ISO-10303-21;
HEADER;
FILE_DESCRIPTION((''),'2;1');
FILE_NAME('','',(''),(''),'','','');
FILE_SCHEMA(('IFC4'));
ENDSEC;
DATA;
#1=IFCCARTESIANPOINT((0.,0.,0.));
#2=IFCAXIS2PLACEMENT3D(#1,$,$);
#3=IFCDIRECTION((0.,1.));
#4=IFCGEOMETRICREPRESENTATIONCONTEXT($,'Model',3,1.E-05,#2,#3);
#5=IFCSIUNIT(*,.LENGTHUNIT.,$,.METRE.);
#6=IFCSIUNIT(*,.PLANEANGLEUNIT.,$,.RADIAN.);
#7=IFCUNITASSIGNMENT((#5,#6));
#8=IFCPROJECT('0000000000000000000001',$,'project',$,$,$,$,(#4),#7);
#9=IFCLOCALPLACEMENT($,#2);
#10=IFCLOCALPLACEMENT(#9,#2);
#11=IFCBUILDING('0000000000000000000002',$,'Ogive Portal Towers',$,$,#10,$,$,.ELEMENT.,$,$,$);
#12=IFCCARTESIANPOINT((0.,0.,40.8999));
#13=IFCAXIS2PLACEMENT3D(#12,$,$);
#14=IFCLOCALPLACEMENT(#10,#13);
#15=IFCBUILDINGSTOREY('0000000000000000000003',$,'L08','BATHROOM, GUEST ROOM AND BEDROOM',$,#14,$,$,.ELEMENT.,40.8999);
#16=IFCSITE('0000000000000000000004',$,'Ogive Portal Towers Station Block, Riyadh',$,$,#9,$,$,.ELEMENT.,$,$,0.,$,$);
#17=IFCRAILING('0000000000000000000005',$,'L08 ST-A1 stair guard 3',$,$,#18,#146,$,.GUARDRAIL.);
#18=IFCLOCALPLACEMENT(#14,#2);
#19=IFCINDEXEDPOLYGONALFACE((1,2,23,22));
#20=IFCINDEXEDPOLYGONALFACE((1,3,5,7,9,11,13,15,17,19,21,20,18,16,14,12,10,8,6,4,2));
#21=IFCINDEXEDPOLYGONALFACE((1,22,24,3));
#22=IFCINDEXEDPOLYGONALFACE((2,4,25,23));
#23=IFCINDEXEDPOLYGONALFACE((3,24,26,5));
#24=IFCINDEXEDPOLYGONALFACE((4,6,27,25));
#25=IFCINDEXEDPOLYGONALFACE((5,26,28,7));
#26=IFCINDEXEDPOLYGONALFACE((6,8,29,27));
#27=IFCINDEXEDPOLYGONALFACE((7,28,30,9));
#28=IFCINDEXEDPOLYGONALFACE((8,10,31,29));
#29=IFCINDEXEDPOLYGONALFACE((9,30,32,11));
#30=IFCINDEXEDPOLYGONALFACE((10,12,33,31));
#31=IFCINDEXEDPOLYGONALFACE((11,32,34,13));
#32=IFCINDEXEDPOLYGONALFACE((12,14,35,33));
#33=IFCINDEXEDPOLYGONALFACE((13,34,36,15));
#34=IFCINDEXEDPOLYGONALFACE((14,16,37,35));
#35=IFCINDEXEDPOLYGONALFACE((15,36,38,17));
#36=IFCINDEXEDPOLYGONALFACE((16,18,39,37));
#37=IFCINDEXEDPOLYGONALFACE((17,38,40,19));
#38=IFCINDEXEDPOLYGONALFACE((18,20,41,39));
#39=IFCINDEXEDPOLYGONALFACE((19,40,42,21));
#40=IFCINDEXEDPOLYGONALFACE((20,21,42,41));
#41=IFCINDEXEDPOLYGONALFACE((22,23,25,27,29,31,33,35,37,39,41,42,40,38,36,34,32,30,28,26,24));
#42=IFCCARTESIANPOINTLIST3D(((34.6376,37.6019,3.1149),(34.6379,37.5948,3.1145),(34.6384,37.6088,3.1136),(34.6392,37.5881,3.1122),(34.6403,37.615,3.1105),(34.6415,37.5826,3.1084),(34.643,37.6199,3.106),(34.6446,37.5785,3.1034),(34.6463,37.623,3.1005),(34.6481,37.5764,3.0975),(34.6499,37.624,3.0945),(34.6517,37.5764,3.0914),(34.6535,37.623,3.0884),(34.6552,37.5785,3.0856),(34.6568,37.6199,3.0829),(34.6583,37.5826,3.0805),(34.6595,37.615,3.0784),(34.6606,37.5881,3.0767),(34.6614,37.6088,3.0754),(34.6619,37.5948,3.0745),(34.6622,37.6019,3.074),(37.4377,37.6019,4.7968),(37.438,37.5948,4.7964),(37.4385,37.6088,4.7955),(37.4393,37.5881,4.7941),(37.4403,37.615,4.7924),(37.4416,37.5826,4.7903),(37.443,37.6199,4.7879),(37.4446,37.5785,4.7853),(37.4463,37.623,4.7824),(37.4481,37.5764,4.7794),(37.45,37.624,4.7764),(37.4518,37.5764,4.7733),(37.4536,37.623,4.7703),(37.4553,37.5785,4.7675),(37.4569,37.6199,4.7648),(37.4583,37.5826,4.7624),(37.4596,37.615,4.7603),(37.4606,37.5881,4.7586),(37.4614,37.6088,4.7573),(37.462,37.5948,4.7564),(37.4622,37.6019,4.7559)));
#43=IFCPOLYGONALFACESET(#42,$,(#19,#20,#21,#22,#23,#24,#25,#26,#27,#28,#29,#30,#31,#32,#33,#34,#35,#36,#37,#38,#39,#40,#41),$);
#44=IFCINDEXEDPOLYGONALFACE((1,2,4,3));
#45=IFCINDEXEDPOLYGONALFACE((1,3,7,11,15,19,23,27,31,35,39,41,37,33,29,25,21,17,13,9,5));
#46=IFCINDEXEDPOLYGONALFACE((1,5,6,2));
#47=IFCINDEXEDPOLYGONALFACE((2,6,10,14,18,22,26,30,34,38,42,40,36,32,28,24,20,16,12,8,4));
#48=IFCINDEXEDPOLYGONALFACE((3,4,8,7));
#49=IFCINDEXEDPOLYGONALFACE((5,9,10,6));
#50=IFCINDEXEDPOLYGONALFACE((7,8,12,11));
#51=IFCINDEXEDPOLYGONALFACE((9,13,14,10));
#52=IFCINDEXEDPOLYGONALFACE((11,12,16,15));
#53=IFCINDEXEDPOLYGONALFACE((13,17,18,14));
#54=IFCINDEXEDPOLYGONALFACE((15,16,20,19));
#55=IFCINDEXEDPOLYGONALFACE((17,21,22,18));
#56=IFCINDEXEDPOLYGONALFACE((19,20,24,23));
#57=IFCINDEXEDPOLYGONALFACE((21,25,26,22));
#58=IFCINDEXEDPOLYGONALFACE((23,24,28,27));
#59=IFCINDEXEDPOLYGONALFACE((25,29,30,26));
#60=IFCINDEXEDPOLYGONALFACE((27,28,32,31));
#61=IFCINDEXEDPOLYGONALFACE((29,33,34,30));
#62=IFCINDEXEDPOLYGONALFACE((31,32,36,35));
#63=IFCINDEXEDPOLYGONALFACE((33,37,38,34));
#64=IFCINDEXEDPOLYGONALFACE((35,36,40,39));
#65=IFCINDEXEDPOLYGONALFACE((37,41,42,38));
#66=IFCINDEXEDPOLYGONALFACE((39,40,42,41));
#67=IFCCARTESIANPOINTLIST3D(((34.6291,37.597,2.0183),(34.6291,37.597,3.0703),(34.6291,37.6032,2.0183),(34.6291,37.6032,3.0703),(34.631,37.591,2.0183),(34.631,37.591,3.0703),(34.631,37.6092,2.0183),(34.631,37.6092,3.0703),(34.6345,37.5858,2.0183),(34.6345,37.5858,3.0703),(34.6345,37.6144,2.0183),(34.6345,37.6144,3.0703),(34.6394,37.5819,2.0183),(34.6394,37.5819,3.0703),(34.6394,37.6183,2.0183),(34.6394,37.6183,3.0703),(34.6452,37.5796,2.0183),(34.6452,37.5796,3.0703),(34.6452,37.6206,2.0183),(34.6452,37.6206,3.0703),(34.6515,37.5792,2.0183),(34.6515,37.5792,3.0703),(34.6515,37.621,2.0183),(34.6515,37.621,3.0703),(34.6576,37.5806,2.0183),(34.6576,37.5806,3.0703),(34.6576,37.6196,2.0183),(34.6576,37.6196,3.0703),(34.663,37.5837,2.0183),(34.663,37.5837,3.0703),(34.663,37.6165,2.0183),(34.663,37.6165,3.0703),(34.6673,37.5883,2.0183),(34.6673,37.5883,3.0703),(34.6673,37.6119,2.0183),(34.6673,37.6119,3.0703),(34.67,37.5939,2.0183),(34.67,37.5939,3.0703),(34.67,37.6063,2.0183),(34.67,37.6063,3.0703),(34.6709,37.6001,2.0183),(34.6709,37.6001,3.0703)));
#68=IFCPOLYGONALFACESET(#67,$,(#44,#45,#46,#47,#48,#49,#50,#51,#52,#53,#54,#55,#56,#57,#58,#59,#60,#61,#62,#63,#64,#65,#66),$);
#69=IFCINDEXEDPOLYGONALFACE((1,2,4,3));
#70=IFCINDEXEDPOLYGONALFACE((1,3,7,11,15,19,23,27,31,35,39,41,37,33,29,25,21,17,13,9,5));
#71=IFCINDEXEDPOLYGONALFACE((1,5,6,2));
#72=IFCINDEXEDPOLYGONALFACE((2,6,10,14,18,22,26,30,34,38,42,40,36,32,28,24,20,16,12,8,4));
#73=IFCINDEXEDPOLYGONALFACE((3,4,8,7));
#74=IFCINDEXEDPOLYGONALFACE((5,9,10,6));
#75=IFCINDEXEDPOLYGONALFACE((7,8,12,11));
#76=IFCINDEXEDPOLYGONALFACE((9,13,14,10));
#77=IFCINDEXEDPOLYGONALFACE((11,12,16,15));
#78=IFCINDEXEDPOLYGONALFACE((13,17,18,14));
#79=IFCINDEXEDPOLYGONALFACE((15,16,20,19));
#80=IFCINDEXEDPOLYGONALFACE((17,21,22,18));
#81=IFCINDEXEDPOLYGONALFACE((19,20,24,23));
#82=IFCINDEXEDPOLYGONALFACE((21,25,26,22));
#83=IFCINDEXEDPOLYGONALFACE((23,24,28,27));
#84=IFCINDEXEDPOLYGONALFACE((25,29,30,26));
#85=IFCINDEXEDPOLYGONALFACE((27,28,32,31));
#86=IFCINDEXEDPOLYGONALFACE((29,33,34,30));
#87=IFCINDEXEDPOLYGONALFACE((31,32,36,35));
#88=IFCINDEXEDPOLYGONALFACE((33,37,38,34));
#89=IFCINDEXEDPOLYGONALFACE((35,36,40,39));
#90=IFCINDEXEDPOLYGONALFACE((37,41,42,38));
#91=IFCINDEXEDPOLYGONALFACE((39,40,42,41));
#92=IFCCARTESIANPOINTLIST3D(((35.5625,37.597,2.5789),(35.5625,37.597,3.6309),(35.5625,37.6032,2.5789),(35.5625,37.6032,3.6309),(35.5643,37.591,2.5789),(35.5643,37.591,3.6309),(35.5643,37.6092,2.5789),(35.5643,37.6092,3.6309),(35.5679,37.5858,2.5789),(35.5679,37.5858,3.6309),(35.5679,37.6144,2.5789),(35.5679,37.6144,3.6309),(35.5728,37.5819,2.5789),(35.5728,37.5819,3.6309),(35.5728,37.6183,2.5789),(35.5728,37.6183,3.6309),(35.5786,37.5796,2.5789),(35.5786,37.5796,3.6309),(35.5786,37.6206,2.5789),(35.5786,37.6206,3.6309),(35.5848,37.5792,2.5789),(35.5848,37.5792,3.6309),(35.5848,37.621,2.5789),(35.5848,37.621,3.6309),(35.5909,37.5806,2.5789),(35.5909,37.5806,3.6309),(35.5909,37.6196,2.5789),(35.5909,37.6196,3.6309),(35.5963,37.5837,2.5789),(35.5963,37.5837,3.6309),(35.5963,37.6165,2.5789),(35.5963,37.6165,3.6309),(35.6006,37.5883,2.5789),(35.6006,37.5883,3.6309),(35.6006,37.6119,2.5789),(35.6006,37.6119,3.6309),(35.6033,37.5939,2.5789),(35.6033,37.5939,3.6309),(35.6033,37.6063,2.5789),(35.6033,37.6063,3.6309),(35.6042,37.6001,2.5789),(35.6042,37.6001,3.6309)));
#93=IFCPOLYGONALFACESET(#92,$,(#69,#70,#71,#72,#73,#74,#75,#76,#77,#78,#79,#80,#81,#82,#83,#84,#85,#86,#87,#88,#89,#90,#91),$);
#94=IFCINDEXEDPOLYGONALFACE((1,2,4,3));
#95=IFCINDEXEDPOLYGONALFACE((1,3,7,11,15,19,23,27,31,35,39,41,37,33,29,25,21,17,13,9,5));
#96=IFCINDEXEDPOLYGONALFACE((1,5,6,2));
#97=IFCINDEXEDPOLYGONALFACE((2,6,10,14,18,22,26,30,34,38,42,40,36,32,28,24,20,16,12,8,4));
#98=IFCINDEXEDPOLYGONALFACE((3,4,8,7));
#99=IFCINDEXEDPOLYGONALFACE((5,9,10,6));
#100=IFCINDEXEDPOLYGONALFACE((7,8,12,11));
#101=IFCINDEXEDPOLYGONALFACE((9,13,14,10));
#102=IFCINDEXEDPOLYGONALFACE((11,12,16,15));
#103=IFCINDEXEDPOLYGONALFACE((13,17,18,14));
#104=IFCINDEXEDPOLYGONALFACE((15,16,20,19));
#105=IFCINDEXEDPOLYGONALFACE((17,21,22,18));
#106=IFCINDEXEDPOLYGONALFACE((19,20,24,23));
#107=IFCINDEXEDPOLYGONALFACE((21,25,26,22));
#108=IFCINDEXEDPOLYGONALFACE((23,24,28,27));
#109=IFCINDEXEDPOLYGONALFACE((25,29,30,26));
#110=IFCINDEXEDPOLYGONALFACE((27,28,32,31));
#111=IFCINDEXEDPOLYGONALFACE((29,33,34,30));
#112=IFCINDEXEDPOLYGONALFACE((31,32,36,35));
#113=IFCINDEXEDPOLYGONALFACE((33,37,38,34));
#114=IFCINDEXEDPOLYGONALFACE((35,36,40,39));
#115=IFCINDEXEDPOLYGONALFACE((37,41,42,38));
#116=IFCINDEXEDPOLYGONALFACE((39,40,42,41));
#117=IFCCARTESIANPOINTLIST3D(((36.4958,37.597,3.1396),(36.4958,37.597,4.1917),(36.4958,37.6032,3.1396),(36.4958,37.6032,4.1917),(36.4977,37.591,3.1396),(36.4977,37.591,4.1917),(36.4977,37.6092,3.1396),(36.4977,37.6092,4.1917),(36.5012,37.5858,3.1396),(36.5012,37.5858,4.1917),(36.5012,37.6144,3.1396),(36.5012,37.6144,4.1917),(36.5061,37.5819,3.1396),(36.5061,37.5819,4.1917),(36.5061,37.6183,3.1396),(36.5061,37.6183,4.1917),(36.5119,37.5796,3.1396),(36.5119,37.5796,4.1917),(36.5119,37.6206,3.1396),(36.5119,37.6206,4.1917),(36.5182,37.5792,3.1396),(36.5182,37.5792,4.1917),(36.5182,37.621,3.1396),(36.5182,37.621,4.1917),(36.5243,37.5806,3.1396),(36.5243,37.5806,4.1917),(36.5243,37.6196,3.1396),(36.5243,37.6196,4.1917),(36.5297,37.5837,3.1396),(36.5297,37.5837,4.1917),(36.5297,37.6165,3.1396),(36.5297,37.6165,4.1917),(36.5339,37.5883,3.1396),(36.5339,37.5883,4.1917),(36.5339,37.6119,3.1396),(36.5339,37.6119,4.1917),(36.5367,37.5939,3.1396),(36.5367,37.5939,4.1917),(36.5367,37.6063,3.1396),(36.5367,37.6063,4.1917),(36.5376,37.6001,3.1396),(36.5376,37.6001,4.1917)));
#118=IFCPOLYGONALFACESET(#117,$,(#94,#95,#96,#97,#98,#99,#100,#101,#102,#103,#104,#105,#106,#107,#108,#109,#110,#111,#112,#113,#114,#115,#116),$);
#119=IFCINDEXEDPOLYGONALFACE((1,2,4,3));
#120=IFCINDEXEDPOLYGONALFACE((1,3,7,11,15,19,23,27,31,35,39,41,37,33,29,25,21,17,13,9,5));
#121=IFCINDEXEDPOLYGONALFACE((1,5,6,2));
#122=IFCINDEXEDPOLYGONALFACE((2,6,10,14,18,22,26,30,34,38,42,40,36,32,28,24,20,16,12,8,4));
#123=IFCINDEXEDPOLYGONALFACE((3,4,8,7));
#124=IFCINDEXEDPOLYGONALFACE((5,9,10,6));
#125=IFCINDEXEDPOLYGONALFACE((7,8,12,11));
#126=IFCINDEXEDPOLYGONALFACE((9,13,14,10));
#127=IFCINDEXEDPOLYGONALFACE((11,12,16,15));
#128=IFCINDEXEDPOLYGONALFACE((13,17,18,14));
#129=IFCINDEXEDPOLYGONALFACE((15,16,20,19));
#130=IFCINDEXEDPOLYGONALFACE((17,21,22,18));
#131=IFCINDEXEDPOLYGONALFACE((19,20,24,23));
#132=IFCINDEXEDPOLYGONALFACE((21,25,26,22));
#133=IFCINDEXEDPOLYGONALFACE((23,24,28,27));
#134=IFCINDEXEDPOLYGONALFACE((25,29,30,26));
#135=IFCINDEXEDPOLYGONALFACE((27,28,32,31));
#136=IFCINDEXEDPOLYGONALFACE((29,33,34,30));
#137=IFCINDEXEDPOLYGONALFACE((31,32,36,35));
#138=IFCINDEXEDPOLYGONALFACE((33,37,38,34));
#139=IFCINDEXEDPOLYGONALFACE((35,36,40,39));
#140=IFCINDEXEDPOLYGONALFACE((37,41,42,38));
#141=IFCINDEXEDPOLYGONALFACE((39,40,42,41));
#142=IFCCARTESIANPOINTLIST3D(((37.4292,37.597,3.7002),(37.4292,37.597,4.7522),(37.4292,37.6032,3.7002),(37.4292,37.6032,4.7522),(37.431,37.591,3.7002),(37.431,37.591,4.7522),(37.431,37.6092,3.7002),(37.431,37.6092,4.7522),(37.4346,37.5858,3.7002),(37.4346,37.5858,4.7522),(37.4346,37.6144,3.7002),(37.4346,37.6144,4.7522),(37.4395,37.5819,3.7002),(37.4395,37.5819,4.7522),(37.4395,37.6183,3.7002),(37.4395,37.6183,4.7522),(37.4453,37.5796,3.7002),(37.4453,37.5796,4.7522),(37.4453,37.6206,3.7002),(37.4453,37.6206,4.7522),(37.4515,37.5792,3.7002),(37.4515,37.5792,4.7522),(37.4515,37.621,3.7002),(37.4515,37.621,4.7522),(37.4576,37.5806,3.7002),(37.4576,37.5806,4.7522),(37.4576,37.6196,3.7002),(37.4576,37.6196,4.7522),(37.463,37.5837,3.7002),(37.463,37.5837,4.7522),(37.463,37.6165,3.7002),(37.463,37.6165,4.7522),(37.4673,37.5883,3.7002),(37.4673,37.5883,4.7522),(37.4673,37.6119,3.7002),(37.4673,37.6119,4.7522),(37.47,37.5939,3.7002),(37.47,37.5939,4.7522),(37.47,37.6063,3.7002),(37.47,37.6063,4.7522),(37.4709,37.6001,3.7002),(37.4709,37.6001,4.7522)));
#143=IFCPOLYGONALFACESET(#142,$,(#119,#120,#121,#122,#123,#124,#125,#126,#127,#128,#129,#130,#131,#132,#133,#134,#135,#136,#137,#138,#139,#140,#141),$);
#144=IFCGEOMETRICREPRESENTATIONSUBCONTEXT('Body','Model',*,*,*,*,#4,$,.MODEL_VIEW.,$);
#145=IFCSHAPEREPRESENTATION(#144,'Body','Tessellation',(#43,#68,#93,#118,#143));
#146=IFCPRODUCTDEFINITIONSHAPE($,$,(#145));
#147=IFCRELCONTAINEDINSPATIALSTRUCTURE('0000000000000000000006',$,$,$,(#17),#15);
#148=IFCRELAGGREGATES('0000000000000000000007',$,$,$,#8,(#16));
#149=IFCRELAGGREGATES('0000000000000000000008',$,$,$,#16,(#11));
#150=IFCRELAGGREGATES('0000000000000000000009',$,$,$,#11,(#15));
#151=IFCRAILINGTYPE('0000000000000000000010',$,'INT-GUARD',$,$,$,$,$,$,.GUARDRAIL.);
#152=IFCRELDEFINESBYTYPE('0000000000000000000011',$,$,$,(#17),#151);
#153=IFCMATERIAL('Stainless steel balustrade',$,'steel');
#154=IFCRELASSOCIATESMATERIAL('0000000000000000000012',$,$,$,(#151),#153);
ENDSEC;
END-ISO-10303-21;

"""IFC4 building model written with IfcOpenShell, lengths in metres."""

from ifc_helpers import new_model, si_unit, direction, frame, origin, origin_2d, place, context, subcontext, project, spatial, circle, extrude, material, type_object, element, save


model = new_model("IFC4")

# Units and contexts
model_context = context("Model", 3, precision=1e-05, world=origin(), true_north=direction((0.0, 1.0)))
body_context = subcontext(model_context, "Body", "Model", "MODEL_VIEW")
ifc_project = project(units=[si_unit("LENGTHUNIT", "METRE"), si_unit("PLANEANGLEUNIT", "RADIAN")], contexts=[model_context])

# Site, building, storey
site_placement = place(None, origin())
site = spatial("IfcSite", under=ifc_project, at=site_placement, Name="Ogive Portal Towers Station Block, Riyadh", CompositionType="ELEMENT", RefElevation=0.0)
building_placement = place(site_placement, origin())
building = spatial("IfcBuilding", under=site, at=building_placement, Name="Ogive Portal Towers", CompositionType="ELEMENT")
storey_placement = place(building_placement, frame((0.0, 0.0, 40.8999)))
storey = spatial("IfcBuildingStorey", under=building, at=storey_placement, Name="L08", Description="BATHROOM, GUEST ROOM AND BEDROOM", CompositionType="ELEMENT", Elevation=40.8999)

# Railing
ifc_material_1 = material(Name="Stainless steel balustrade", Category="steel")
railing_type_1 = type_object("IfcRailingType", Name="INT-GUARD", PredefinedType="GUARDRAIL", material=ifc_material_1)
railing_1_placement = place(storey_placement, frame((34.6499, 37.6001, 2.0183)))
element("IfcRailing", 1, at=railing_1_placement, inside=storey, type_object=railing_type_1, Name="L08 ST-A1 stair guard 3", PredefinedType="GUARDRAIL", context=body_context, shape_type="SweptSolid", body=[
    extrude(circle(Radius=0.0239, at=origin_2d()), frame((0.0, 0.0, 1.0762), z_axis=(0.857242, 0.0, 0.514913), x_axis=(0.0, 1.0, 0.0)), (0.0, 0.0, 1.0), 3.2664),
    extrude(circle(Radius=0.021, at=origin_2d()), origin(), (0.0, 0.0, 1.0), 1.052),
    extrude(circle(Radius=0.021, at=origin_2d()), frame((0.9333, 0.0, 0.5605)), (0.0, 0.0, 1.0), 1.052),
    extrude(circle(Radius=0.021, at=origin_2d()), frame((1.8667, 0.0, 1.1213)), (0.0, 0.0, 1.0), 1.052),
    extrude(circle(Radius=0.021, at=origin_2d()), frame((2.8, 0.0, 1.6819)), (0.0, 0.0, 1.0), 1.052),
])

save(model, "model.ifc")
